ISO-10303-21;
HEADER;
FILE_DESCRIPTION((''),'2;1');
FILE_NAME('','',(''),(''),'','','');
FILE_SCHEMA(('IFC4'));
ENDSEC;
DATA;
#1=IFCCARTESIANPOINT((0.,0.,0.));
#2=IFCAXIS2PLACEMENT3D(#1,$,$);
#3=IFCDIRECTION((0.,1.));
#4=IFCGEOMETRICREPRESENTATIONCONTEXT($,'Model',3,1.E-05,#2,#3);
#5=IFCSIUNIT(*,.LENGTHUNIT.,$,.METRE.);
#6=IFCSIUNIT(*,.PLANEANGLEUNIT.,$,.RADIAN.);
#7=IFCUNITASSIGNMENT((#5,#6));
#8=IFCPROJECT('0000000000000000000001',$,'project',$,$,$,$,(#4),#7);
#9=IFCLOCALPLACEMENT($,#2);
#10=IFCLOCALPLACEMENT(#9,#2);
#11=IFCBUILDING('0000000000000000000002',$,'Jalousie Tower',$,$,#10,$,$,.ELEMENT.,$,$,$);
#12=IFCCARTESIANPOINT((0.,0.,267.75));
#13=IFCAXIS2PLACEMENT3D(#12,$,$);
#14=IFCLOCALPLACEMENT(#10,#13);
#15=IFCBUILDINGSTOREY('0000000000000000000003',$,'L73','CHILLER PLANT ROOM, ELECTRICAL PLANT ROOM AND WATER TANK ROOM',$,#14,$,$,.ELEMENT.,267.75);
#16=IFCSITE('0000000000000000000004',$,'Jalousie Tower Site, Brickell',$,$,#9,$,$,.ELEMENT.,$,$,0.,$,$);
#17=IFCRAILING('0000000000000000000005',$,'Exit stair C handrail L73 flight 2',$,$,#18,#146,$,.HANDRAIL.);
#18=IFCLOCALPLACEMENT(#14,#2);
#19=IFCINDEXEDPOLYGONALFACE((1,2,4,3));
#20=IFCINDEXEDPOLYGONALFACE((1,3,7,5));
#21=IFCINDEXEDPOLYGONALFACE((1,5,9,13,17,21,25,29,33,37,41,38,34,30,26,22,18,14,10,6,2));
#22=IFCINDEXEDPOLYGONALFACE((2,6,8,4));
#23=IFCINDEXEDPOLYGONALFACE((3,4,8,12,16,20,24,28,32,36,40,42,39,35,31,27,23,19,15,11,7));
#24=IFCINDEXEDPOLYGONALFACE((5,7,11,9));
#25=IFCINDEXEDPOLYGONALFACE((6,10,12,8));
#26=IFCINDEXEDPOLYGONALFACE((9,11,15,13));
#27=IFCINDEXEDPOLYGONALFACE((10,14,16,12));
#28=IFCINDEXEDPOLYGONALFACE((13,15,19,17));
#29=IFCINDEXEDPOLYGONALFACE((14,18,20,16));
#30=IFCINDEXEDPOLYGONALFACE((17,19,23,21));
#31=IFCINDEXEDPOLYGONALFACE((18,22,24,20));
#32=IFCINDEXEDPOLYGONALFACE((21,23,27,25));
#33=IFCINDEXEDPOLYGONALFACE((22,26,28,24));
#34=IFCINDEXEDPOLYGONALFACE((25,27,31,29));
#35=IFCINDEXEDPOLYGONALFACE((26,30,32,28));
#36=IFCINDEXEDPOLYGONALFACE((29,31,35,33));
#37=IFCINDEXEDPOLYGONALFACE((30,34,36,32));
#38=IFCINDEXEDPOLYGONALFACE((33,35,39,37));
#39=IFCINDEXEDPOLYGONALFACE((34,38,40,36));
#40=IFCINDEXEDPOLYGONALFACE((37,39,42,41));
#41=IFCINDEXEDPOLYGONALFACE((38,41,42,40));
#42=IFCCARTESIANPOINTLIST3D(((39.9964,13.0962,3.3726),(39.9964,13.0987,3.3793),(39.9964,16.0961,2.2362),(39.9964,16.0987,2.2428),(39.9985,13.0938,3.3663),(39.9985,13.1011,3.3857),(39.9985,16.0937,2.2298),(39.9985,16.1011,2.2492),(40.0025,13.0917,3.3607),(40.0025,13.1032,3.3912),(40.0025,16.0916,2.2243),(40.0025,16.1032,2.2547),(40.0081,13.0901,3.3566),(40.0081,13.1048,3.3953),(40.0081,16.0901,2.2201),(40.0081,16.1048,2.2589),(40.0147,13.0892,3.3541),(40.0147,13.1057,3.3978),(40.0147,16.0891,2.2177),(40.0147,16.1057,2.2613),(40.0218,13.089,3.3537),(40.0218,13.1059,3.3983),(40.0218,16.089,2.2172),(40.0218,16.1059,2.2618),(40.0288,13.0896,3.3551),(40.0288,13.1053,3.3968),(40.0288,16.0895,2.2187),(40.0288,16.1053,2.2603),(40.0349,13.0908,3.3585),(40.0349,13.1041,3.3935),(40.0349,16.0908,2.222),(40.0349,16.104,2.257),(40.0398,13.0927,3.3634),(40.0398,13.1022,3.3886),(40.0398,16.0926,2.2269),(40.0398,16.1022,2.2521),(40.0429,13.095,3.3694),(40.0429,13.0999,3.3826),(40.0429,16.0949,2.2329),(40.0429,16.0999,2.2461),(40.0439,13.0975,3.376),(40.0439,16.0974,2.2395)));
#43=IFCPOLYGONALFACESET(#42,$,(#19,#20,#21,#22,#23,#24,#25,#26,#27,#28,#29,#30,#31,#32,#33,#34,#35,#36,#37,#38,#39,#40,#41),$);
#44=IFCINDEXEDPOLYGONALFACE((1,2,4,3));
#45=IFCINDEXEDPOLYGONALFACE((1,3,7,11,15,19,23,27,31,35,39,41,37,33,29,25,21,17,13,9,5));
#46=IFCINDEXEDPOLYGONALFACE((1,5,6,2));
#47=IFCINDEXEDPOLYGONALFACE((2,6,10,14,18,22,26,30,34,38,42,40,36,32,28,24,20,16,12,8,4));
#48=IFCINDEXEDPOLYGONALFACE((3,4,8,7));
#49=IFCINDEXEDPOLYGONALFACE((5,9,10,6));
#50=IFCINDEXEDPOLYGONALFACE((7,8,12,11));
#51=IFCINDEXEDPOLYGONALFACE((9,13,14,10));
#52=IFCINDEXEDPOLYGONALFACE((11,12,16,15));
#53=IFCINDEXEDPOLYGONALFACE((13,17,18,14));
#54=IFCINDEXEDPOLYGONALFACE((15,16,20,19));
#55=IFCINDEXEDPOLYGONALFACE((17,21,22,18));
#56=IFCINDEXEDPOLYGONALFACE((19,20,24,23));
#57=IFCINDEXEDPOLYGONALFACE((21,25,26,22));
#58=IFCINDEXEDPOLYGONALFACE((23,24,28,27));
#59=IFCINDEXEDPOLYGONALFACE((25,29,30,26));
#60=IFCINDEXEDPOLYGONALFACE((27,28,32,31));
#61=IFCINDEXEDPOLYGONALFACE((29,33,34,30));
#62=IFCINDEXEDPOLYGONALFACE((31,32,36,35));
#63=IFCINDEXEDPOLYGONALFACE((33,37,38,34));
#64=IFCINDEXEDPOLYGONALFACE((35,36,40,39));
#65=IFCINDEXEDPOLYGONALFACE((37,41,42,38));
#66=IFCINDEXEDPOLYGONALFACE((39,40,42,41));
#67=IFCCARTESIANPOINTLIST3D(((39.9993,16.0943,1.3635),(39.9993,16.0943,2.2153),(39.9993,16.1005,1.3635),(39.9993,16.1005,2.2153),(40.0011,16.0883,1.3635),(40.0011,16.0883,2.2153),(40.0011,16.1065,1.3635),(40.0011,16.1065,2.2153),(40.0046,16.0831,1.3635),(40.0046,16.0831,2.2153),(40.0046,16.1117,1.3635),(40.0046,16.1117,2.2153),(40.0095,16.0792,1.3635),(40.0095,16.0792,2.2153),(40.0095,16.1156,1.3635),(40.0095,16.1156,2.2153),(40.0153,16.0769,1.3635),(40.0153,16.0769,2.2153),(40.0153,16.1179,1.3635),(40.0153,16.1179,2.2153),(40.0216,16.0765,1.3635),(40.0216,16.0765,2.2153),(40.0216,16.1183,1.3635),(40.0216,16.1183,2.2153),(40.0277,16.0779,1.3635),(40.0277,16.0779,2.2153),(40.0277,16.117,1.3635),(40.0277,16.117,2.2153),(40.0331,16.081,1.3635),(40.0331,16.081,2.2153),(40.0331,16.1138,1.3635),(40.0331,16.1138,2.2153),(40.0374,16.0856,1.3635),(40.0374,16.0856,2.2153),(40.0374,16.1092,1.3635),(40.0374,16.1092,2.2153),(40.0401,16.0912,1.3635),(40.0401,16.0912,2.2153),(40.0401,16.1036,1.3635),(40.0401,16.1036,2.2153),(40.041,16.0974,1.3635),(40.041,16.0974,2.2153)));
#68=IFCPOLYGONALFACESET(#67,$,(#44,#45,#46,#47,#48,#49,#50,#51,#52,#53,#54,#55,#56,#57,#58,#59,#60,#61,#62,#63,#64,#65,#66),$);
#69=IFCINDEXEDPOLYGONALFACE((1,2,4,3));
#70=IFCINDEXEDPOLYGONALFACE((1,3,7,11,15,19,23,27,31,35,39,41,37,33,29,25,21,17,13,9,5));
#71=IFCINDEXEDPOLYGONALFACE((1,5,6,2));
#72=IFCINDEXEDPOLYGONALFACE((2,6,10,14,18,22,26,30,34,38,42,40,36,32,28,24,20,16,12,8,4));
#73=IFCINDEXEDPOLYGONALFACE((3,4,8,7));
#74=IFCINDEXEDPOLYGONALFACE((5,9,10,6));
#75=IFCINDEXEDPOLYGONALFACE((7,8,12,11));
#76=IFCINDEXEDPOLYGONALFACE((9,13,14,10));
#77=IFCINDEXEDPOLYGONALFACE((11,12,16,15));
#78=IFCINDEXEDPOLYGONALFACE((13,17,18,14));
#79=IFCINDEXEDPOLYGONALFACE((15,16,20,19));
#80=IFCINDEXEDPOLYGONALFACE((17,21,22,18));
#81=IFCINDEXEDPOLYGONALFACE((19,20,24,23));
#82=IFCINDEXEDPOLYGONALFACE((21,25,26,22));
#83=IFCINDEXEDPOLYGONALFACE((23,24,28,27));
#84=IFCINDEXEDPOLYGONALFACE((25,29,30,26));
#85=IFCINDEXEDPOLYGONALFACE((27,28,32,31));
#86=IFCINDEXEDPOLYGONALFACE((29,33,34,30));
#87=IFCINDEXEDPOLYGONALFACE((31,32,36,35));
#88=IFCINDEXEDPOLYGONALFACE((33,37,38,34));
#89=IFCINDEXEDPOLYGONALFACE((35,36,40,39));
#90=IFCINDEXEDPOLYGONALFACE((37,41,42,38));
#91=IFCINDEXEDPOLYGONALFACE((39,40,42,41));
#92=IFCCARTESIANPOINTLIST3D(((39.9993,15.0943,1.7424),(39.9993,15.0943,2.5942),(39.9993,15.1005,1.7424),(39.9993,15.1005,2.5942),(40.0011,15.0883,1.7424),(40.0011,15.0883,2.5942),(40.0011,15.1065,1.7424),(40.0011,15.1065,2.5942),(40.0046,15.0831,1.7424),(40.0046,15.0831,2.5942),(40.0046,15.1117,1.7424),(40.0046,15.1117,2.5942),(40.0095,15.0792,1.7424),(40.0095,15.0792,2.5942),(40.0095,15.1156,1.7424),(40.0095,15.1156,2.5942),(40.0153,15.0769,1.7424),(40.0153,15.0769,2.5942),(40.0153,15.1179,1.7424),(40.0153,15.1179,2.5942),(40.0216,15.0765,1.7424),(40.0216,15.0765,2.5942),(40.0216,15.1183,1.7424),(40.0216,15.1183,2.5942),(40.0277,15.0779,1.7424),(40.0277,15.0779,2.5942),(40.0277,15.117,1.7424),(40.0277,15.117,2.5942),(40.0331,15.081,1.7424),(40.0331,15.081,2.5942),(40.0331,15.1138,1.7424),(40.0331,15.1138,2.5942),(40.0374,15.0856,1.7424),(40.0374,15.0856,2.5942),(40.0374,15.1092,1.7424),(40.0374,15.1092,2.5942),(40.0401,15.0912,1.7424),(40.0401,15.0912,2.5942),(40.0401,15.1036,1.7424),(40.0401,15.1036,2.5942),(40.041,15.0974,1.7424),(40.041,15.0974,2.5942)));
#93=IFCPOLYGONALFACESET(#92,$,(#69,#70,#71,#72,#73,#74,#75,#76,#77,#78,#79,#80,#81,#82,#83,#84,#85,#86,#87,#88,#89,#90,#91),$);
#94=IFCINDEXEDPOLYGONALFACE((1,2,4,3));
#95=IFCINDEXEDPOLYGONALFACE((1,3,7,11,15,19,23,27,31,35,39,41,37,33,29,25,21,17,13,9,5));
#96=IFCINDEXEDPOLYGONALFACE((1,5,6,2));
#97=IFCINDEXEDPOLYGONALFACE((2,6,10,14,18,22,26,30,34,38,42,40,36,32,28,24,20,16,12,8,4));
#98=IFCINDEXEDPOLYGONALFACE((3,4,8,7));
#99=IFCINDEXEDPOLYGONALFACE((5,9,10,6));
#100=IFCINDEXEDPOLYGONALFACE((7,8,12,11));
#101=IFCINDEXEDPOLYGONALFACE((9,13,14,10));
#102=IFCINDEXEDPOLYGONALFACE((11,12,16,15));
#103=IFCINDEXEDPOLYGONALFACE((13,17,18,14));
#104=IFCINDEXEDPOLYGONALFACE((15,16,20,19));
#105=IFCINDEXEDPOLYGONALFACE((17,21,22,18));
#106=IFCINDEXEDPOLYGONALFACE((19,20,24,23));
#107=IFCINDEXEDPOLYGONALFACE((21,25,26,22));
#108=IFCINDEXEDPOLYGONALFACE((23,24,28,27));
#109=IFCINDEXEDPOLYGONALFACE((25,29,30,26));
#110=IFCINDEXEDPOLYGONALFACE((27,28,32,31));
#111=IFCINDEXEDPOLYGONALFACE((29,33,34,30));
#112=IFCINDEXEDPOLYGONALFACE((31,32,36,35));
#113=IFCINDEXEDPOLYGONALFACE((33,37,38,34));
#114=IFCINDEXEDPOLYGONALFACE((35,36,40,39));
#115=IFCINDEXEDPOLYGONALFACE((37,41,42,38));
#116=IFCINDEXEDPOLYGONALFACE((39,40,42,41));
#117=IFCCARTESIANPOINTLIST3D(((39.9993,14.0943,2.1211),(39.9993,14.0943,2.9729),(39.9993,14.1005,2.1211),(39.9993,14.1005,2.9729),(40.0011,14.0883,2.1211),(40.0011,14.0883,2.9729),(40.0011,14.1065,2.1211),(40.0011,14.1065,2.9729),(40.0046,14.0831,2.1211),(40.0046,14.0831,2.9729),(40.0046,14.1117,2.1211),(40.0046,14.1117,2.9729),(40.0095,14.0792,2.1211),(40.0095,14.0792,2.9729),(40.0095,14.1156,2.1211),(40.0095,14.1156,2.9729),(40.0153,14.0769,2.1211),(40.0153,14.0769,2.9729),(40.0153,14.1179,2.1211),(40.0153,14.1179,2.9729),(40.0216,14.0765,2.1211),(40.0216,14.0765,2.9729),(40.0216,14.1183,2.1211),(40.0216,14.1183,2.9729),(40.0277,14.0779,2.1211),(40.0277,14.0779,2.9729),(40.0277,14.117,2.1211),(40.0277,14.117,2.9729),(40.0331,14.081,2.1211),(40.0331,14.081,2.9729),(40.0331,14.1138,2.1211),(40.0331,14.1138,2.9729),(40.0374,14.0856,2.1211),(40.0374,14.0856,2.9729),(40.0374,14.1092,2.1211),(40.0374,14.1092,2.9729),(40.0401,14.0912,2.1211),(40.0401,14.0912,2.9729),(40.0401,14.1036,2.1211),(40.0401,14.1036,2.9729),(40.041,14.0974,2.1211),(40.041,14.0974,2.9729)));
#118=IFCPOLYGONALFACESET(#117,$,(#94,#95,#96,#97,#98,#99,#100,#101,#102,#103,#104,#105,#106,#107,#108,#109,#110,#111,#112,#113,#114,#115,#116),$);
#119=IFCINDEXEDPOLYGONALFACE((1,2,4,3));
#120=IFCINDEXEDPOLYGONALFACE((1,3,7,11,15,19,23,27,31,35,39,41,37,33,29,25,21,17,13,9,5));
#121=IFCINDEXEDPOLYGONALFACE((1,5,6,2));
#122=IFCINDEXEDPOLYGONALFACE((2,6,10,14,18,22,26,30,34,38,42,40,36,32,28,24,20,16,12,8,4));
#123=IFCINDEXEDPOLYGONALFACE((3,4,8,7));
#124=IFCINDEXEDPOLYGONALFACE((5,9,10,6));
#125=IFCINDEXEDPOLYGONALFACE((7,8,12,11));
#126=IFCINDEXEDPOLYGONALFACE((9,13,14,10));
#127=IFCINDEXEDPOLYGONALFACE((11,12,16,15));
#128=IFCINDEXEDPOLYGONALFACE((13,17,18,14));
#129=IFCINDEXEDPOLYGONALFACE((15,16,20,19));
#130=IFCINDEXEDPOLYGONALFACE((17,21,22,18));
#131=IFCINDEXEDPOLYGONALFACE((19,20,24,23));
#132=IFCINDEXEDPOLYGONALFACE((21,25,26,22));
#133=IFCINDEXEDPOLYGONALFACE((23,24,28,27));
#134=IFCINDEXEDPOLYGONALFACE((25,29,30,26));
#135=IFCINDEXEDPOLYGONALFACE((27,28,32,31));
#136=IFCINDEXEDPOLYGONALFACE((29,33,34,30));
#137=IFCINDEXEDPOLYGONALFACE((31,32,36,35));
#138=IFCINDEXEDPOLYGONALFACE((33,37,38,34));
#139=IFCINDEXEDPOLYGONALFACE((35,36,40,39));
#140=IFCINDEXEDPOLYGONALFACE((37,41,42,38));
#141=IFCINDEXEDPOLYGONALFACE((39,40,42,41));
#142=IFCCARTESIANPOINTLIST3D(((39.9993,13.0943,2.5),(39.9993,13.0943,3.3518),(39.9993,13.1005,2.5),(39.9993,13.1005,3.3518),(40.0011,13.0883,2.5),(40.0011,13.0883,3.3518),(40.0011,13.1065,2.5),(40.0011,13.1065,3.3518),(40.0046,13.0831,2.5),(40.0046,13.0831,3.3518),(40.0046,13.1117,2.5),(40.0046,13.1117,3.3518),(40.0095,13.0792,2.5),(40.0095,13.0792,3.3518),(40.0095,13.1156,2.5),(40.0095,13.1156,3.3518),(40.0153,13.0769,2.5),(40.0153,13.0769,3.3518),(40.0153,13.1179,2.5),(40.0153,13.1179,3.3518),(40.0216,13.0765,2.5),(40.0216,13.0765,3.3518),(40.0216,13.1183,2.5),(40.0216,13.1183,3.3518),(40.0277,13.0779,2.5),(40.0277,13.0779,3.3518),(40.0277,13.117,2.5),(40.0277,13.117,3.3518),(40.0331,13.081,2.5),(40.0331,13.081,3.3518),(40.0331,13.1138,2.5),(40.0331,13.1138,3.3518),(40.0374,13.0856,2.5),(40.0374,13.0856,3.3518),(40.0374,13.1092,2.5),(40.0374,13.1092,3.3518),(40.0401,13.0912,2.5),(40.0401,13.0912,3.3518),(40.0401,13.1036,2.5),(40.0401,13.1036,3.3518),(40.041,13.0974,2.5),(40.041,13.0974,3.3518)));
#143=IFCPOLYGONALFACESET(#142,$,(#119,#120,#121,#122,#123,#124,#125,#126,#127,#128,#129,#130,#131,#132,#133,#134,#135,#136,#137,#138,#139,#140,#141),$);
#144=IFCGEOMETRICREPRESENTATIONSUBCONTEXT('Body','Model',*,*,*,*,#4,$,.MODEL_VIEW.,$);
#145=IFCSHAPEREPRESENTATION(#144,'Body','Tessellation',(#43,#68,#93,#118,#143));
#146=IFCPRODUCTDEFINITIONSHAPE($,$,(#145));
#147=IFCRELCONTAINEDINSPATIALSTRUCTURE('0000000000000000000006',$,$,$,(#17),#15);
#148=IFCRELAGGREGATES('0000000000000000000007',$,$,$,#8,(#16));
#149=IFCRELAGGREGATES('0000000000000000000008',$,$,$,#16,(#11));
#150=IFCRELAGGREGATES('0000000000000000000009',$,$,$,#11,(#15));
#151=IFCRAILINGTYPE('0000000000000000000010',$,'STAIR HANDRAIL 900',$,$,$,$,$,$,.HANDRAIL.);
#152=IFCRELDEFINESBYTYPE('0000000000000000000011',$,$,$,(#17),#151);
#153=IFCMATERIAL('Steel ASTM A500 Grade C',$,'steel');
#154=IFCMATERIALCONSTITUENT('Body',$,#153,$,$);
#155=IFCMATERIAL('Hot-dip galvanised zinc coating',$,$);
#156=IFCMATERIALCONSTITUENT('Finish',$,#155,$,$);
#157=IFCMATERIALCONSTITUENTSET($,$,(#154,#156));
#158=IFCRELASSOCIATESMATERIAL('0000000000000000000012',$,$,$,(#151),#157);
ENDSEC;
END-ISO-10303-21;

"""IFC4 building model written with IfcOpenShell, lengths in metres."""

from ifc_helpers import new_model, si_unit, direction, frame, origin, origin_2d, place, context, subcontext, project, spatial, circle, extrude, material, constituent, constituent_set, type_object, element, save


model = new_model("IFC4")

# Units and contexts
model_context = context("Model", 3, precision=1e-05, world=origin(), true_north=direction((0.0, 1.0)))
body_context = subcontext(model_context, "Body", "Model", "MODEL_VIEW")
ifc_project = project(units=[si_unit("LENGTHUNIT", "METRE"), si_unit("PLANEANGLEUNIT", "RADIAN")], contexts=[model_context])

# Site, building, storey
site_placement = place(None, origin())
site = spatial("IfcSite", under=ifc_project, at=site_placement, Name="Jalousie Tower Site, Brickell", CompositionType="ELEMENT", RefElevation=0.0)
building_placement = place(site_placement, origin())
building = spatial("IfcBuilding", under=site, at=building_placement, Name="Jalousie Tower", CompositionType="ELEMENT")
storey_placement = place(building_placement, frame((0.0, 0.0, 267.75)))
storey = spatial("IfcBuildingStorey", under=building, at=storey_placement, Name="L73", Description="CHILLER PLANT ROOM, ELECTRICAL PLANT ROOM AND WATER TANK ROOM", CompositionType="ELEMENT", Elevation=267.75)

# Railing
ifc_material_1 = material(Name="Steel ASTM A500 Grade C", Category="steel")
ifc_constituent_1 = constituent(ifc_material_1, Name="Body")
ifc_material_2 = material(Name="Hot-dip galvanised zinc coating")
ifc_constituent_2 = constituent(ifc_material_2, Name="Finish")
ifc_constituent_set_1 = constituent_set(constituents=[ifc_constituent_1, ifc_constituent_2])
railing_type_1 = type_object("IfcRailingType", Name="STAIR HANDRAIL 900", PredefinedType="HANDRAIL", material=ifc_constituent_set_1)
railing_1_placement = place(storey_placement, frame((40.02, 16.0974, 1.3635)))
element("IfcRailing", 1, at=railing_1_placement, inside=storey, type_object=railing_type_1, Name="Exit stair C handrail L73 flight 2", PredefinedType="HANDRAIL", context=body_context, shape_type="SweptSolid", body=[
    extrude(circle(Radius=0.0239, at=origin_2d()), frame((0.0, 0.0, 0.876), z_axis=(0.0, -0.935148, 0.354257), x_axis=(1.0, 0.0, 0.0)), (0.0, 0.0, 1.0), 3.208),
    extrude(circle(Radius=0.021, at=origin_2d()), origin(), (0.0, 0.0, 1.0), 0.8518),
    extrude(circle(Radius=0.021, at=origin_2d()), frame((0.0, -1.0, 0.3789)), (0.0, 0.0, 1.0), 0.8518),
    extrude(circle(Radius=0.021, at=origin_2d()), frame((0.0, -2.0, 0.7576)), (0.0, 0.0, 1.0), 0.8518),
    extrude(circle(Radius=0.021, at=origin_2d()), frame((0.0, -3.0, 1.1365)), (0.0, 0.0, 1.0), 0.8518),
])

save(model, "model.ifc")
